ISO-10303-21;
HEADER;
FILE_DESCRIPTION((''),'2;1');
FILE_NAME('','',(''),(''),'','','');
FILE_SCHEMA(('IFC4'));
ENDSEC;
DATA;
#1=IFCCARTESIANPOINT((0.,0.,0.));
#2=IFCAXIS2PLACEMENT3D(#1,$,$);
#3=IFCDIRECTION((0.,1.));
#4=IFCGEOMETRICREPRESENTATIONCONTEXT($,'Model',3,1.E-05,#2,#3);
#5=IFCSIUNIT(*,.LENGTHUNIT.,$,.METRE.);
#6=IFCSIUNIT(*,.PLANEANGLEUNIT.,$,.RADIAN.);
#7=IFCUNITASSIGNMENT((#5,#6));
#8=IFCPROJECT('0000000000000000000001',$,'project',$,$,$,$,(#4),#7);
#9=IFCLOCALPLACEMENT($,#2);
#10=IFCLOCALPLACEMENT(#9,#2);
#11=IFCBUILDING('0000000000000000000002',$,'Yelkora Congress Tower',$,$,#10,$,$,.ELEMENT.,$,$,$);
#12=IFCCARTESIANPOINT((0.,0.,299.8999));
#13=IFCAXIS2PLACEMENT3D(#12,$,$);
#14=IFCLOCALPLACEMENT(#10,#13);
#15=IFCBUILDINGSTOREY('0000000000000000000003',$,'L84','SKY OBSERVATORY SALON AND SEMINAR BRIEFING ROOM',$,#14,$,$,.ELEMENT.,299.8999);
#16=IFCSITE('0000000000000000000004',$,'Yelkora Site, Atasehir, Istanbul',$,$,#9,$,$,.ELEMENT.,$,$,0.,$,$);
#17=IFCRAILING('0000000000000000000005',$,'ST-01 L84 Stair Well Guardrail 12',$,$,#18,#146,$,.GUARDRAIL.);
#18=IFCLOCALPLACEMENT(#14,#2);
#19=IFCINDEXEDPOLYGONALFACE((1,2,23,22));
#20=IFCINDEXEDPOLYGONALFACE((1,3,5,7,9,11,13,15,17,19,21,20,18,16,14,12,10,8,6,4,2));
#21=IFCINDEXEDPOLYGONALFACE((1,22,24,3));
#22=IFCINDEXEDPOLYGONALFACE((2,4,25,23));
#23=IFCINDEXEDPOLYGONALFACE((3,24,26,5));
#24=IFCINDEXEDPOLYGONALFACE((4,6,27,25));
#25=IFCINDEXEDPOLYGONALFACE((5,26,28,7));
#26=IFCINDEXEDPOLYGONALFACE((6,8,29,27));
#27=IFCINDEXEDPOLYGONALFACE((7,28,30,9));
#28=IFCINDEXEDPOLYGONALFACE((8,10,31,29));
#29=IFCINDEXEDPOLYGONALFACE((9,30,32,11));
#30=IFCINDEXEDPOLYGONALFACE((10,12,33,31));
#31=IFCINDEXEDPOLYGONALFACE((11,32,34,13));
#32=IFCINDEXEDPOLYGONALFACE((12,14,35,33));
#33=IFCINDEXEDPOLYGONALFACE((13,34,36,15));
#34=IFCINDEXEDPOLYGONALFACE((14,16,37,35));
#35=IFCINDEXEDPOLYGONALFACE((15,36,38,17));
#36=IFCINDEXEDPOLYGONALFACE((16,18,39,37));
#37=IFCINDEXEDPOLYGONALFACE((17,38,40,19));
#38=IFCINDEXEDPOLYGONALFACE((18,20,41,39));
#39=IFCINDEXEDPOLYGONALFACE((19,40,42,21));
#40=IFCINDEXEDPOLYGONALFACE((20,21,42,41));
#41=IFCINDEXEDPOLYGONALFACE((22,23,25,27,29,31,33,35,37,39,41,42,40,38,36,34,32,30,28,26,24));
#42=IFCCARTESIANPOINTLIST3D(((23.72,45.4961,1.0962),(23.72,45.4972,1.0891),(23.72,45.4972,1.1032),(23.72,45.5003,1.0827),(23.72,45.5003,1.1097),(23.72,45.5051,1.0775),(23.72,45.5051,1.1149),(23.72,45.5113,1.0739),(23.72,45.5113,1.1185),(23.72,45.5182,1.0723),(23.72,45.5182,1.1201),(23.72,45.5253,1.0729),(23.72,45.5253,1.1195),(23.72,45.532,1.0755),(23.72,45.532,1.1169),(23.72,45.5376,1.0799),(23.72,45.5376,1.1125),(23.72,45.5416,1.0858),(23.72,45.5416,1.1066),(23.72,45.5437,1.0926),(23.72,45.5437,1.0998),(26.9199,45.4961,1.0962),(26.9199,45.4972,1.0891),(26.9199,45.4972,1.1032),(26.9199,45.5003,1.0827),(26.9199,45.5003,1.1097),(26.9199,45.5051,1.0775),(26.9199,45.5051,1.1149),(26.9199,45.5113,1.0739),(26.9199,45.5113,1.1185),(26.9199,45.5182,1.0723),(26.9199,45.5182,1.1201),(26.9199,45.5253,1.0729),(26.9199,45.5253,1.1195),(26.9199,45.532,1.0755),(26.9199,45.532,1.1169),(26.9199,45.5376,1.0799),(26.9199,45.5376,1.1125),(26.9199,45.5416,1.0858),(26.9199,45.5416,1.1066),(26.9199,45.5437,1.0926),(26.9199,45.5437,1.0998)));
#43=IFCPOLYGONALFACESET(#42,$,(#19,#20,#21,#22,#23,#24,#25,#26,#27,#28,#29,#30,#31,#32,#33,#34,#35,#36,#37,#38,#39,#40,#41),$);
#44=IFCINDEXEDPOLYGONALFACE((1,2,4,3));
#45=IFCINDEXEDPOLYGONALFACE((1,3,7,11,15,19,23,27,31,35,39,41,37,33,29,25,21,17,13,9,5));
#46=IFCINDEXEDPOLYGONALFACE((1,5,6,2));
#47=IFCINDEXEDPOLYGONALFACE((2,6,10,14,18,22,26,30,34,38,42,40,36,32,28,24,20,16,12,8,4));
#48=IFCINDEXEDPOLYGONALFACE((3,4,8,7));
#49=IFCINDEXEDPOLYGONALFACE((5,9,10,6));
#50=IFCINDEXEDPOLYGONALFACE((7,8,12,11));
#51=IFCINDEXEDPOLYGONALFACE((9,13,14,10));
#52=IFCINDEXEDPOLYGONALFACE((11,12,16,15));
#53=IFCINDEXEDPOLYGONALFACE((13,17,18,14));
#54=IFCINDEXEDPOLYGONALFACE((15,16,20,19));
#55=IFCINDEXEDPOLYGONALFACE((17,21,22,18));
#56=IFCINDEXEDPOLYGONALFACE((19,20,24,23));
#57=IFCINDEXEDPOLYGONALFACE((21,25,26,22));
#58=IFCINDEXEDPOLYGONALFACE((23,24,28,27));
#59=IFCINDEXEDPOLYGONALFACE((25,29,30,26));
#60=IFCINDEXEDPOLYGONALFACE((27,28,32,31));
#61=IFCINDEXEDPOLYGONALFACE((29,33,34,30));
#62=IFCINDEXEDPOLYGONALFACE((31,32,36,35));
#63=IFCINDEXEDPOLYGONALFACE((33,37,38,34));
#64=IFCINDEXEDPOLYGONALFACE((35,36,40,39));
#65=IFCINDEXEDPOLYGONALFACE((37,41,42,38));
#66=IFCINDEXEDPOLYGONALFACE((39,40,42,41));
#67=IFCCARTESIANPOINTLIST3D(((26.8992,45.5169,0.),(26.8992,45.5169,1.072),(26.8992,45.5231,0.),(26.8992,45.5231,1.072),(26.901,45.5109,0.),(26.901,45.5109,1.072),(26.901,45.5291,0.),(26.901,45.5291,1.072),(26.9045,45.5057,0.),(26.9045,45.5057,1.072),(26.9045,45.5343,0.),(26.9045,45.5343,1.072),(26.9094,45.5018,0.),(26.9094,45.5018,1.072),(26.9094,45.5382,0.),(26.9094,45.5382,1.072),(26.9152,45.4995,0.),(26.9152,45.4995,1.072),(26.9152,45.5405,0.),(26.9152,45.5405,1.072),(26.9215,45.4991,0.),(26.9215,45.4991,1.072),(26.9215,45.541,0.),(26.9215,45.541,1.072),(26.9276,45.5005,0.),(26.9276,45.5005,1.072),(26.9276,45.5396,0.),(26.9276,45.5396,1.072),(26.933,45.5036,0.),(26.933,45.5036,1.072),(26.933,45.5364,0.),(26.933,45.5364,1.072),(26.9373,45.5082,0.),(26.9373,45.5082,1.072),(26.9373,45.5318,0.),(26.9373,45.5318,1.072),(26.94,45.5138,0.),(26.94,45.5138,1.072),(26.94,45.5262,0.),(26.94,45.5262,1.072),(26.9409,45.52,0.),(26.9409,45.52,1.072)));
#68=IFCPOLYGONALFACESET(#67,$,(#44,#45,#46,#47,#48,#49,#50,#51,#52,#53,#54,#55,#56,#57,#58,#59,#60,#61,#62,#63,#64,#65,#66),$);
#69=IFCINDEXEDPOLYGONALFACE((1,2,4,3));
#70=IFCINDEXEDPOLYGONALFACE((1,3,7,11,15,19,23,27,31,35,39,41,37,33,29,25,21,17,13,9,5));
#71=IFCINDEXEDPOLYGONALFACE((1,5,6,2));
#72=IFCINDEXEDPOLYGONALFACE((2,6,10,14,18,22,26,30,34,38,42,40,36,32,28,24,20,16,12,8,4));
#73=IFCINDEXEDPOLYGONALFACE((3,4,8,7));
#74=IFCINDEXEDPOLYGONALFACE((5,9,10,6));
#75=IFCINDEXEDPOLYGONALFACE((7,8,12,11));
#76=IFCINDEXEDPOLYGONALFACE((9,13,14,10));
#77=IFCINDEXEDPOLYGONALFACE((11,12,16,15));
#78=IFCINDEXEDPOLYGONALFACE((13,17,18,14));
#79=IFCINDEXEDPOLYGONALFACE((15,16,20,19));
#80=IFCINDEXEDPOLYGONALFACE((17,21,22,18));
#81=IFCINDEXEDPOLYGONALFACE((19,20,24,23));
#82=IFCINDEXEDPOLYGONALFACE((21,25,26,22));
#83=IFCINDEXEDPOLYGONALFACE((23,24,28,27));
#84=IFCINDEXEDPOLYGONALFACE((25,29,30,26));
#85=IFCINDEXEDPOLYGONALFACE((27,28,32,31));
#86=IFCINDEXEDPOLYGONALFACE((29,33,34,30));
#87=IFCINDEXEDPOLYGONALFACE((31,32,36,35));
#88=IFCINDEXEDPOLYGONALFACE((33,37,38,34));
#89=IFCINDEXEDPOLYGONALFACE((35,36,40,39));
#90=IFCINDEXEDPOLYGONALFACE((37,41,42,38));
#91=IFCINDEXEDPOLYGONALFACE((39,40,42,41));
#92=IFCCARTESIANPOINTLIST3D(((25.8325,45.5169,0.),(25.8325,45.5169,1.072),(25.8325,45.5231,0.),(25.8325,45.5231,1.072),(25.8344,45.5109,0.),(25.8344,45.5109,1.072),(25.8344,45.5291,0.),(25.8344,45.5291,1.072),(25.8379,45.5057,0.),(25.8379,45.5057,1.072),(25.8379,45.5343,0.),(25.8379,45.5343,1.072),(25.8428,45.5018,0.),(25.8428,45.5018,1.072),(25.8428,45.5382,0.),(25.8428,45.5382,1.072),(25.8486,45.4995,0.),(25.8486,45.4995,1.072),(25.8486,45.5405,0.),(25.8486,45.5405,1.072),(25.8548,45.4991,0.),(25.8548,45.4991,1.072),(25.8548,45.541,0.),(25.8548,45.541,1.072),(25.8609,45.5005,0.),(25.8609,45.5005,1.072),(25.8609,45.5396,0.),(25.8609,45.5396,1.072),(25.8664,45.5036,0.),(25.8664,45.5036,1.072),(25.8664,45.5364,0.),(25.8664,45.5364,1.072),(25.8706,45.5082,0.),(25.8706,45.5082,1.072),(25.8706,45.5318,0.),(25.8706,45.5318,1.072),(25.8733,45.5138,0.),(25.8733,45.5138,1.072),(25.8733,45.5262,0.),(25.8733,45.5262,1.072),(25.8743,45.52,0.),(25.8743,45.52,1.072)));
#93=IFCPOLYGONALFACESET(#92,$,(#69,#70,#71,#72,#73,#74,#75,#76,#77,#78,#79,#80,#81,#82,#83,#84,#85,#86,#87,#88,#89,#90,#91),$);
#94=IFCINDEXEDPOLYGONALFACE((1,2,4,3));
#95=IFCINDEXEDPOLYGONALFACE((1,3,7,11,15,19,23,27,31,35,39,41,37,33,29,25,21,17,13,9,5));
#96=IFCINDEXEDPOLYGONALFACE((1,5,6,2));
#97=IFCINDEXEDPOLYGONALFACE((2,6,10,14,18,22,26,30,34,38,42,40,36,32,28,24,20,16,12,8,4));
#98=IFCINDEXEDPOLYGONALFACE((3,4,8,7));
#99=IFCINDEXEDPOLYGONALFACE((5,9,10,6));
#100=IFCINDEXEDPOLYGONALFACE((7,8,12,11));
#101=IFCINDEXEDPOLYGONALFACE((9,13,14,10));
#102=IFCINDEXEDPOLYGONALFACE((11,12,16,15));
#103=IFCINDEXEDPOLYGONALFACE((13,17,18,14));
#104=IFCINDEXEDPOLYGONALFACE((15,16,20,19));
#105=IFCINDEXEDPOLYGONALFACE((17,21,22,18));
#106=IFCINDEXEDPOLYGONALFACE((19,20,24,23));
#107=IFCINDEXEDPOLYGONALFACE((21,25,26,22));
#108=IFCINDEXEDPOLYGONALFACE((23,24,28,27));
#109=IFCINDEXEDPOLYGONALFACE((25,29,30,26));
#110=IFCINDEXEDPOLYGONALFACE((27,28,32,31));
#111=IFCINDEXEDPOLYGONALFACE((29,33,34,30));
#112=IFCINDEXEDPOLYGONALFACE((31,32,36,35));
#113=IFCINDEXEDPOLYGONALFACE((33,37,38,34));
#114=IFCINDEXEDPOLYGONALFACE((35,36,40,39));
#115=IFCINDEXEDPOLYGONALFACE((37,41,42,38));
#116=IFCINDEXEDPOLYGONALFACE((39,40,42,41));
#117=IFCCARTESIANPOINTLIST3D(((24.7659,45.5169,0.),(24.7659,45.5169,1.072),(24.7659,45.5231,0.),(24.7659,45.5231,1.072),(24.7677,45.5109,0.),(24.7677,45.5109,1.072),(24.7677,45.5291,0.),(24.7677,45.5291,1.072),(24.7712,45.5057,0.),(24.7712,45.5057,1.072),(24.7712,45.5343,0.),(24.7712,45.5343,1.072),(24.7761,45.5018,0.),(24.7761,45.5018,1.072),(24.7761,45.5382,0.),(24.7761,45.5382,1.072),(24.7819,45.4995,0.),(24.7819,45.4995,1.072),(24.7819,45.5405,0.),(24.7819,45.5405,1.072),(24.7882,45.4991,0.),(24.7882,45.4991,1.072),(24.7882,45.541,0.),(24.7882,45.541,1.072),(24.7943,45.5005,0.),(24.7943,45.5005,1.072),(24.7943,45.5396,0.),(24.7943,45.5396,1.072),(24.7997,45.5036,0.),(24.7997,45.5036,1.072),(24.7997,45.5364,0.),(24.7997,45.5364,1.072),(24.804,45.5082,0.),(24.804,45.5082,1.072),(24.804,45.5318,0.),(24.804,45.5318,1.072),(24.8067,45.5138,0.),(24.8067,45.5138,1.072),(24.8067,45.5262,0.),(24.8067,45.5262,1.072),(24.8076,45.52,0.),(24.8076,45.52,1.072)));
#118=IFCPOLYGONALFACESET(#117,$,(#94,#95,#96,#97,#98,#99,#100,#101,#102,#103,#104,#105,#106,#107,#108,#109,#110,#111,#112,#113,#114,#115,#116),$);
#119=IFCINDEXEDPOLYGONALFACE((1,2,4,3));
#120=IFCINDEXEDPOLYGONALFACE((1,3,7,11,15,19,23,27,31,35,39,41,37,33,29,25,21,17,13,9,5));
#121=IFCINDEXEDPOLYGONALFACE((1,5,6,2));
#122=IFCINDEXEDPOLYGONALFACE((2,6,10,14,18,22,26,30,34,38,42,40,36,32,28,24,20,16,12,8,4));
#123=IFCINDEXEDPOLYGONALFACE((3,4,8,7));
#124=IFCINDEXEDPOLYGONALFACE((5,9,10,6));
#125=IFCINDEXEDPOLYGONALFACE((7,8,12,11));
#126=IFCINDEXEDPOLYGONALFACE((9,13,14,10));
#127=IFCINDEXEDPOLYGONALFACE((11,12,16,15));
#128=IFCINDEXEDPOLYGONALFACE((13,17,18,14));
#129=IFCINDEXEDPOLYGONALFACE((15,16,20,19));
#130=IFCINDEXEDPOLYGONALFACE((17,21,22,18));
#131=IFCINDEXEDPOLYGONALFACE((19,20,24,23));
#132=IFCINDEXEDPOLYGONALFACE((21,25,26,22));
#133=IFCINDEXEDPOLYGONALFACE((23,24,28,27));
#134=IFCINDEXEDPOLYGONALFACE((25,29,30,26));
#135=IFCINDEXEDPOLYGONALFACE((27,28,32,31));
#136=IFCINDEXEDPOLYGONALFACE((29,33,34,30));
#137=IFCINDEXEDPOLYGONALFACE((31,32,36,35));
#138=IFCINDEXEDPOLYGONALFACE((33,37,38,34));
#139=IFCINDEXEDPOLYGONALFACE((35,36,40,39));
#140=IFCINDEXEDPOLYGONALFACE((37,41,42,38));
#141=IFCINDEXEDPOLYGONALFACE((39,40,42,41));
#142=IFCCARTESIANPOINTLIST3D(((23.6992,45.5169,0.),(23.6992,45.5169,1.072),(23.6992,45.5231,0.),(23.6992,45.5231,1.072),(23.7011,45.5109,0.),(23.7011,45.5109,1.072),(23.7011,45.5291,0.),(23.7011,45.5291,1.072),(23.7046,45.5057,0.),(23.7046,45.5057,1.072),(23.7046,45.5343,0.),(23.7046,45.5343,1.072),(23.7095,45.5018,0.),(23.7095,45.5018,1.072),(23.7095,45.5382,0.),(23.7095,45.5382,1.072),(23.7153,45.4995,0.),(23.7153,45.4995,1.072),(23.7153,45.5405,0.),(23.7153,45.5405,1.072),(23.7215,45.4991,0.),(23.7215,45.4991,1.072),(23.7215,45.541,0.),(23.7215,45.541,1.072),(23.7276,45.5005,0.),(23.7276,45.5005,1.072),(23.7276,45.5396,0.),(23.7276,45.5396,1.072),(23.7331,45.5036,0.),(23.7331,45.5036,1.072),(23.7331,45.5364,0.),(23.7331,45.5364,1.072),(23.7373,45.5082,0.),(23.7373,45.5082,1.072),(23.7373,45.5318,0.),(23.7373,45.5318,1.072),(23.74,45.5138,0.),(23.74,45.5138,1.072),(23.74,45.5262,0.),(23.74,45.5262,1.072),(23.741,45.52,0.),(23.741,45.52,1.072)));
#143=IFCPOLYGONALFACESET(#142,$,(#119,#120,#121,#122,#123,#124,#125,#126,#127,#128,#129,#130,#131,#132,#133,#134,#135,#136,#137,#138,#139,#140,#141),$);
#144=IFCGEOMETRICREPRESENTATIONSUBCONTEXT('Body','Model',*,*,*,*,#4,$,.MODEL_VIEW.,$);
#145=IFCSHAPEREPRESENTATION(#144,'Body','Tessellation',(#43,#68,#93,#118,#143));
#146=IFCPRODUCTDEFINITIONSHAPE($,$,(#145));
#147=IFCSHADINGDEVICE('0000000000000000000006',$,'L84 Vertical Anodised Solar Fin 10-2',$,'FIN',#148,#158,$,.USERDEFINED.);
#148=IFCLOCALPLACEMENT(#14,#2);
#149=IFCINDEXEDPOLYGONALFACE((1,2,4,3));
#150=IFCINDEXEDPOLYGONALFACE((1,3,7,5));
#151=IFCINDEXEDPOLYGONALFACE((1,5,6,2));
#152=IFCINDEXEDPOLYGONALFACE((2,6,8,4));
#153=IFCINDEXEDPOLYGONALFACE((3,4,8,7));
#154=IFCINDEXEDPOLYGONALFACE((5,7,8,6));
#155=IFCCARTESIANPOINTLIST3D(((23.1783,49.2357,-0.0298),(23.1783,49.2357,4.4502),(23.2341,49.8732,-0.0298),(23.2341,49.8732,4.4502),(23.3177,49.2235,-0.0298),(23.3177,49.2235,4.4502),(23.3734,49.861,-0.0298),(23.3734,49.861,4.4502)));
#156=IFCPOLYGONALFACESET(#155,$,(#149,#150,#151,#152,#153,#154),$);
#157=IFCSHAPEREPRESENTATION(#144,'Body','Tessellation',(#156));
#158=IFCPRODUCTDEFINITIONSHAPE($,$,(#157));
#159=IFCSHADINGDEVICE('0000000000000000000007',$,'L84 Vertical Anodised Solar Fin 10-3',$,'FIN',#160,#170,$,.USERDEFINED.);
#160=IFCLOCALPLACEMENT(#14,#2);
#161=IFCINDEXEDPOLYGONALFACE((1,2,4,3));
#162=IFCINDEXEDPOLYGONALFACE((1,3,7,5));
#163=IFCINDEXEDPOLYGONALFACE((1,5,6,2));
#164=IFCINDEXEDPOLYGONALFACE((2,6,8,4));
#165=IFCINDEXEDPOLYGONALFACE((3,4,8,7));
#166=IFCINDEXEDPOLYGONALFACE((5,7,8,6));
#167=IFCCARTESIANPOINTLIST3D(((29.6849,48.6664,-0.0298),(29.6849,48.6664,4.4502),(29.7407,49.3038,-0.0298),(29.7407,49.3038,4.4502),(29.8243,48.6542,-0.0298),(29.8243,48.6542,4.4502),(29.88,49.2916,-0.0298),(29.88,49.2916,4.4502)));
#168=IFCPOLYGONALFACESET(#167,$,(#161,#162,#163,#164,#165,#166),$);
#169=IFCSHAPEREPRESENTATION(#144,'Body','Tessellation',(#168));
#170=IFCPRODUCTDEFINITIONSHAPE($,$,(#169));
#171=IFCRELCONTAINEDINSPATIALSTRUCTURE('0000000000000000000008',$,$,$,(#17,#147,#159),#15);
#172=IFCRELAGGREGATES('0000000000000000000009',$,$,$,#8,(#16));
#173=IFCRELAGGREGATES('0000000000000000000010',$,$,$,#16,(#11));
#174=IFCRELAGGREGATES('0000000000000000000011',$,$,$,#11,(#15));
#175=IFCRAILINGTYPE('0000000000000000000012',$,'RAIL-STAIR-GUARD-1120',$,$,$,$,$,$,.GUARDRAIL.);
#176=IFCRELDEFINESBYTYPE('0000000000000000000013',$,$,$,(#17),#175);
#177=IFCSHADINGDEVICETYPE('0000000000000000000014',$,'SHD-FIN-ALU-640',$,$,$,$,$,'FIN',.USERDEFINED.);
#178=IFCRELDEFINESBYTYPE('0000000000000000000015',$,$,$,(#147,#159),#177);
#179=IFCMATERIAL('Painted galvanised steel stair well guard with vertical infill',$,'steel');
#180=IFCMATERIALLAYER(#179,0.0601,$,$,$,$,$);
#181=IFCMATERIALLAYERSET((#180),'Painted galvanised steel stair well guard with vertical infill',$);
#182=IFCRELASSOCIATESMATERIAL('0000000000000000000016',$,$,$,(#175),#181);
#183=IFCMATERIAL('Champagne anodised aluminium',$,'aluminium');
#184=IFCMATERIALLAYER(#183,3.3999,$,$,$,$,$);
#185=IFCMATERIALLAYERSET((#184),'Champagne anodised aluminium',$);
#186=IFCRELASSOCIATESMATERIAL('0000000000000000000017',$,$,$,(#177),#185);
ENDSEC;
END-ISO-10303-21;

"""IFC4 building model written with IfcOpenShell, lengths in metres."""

from ifc_helpers import new_model, si_unit, direction, frame, origin, origin_2d, place, context, subcontext, project, spatial, rectangle, circle, extrude, material, layer, layer_set, type_object, element, save


model = new_model("IFC4")

# Units and contexts
model_context = context("Model", 3, precision=1e-05, world=origin(), true_north=direction((0.0, 1.0)))
body_context = subcontext(model_context, "Body", "Model", "MODEL_VIEW")
ifc_project = project(units=[si_unit("LENGTHUNIT", "METRE"), si_unit("PLANEANGLEUNIT", "RADIAN")], contexts=[model_context])

# Site, building, storey
site_placement = place(None, origin())
site = spatial("IfcSite", under=ifc_project, at=site_placement, Name="Yelkora Site, Atasehir, Istanbul", CompositionType="ELEMENT", RefElevation=0.0)
building_placement = place(site_placement, origin())
building = spatial("IfcBuilding", under=site, at=building_placement, Name="Yelkora Congress Tower", CompositionType="ELEMENT")
storey_placement = place(building_placement, frame((0.0, 0.0, 299.8999)))
storey = spatial("IfcBuildingStorey", under=building, at=storey_placement, Name="L84", Description="SKY OBSERVATORY SALON AND SEMINAR BRIEFING ROOM", CompositionType="ELEMENT", Elevation=299.8999)

# Railing
ifc_material_1 = material(Name="Painted galvanised steel stair well guard with vertical infill", Category="steel")
ifc_layer_1 = layer(ifc_material_1, 0.0601)
ifc_layer_set_1 = layer_set([ifc_layer_1], Name="Painted galvanised steel stair well guard with vertical infill")
railing_type = type_object("IfcRailingType", Name="RAIL-STAIR-GUARD-1120", PredefinedType="GUARDRAIL", material=ifc_layer_set_1)
railing_1_placement = place(storey_placement, frame((26.9199, 45.52, 0.0)))
element("IfcRailing", 1, at=railing_1_placement, inside=storey, type_object=railing_type, Name="ST-01 L84 Stair Well Guardrail 12", PredefinedType="GUARDRAIL", context=body_context, shape_type="SweptSolid", body=[
    extrude(circle(Radius=0.0239, at=origin_2d()), frame((0.0, 0.0, 1.0962), z_axis=(-1.0, 0.0, 0.0), x_axis=(0.0, -1.0, 0.0)), (0.0, 0.0, 1.0), 3.2),
    extrude(circle(Radius=0.021, at=origin_2d()), origin(), (0.0, 0.0, 1.0), 1.072),
    extrude(circle(Radius=0.021, at=origin_2d()), frame((-1.0667, 0.0, 0.0)), (0.0, 0.0, 1.0), 1.072),
    extrude(circle(Radius=0.021, at=origin_2d()), frame((-2.1333, 0.0, 0.0)), (0.0, 0.0, 1.0), 1.072),
    extrude(circle(Radius=0.021, at=origin_2d()), frame((-3.2, 0.0, 0.0)), (0.0, 0.0, 1.0), 1.072),
])

# Shading devices
ifc_material_2 = material(Name="Champagne anodised aluminium", Category="aluminium")
ifc_layer_2 = layer(ifc_material_2, 3.3999)
ifc_layer_set_2 = layer_set([ifc_layer_2], Name="Champagne anodised aluminium")
shading_device_type = type_object("IfcShadingDeviceType", Name="SHD-FIN-ALU-640", ElementType="FIN", PredefinedType="USERDEFINED", material=ifc_layer_set_2)
for number, where, z_axis, x_axis, name in (
    (2, (23.2759, 49.5483, -0.0298), (0.0, 0.0, 1.0), (0.996195, -0.087156, 0.0), "L84 Vertical Anodised Solar Fin 10-2"),
    (3, (29.7825, 48.979, -0.0298), (0.0, 0.0, 1.0), (0.996195, -0.087156, 0.0), "L84 Vertical Anodised Solar Fin 10-3"),
):
    element("IfcShadingDevice", number, at=place(storey_placement, frame(where, z_axis=z_axis, x_axis=x_axis)), inside=storey, type_object=shading_device_type, Name=name, ObjectType="FIN", PredefinedType="USERDEFINED", context=body_context, shape_type="SweptSolid", body=[
        extrude(rectangle(XDim=0.1399, YDim=0.6399, at=origin_2d()), origin(), (0.0, 0.0, 1.0), 4.48),
    ])

save(model, "model.ifc")
